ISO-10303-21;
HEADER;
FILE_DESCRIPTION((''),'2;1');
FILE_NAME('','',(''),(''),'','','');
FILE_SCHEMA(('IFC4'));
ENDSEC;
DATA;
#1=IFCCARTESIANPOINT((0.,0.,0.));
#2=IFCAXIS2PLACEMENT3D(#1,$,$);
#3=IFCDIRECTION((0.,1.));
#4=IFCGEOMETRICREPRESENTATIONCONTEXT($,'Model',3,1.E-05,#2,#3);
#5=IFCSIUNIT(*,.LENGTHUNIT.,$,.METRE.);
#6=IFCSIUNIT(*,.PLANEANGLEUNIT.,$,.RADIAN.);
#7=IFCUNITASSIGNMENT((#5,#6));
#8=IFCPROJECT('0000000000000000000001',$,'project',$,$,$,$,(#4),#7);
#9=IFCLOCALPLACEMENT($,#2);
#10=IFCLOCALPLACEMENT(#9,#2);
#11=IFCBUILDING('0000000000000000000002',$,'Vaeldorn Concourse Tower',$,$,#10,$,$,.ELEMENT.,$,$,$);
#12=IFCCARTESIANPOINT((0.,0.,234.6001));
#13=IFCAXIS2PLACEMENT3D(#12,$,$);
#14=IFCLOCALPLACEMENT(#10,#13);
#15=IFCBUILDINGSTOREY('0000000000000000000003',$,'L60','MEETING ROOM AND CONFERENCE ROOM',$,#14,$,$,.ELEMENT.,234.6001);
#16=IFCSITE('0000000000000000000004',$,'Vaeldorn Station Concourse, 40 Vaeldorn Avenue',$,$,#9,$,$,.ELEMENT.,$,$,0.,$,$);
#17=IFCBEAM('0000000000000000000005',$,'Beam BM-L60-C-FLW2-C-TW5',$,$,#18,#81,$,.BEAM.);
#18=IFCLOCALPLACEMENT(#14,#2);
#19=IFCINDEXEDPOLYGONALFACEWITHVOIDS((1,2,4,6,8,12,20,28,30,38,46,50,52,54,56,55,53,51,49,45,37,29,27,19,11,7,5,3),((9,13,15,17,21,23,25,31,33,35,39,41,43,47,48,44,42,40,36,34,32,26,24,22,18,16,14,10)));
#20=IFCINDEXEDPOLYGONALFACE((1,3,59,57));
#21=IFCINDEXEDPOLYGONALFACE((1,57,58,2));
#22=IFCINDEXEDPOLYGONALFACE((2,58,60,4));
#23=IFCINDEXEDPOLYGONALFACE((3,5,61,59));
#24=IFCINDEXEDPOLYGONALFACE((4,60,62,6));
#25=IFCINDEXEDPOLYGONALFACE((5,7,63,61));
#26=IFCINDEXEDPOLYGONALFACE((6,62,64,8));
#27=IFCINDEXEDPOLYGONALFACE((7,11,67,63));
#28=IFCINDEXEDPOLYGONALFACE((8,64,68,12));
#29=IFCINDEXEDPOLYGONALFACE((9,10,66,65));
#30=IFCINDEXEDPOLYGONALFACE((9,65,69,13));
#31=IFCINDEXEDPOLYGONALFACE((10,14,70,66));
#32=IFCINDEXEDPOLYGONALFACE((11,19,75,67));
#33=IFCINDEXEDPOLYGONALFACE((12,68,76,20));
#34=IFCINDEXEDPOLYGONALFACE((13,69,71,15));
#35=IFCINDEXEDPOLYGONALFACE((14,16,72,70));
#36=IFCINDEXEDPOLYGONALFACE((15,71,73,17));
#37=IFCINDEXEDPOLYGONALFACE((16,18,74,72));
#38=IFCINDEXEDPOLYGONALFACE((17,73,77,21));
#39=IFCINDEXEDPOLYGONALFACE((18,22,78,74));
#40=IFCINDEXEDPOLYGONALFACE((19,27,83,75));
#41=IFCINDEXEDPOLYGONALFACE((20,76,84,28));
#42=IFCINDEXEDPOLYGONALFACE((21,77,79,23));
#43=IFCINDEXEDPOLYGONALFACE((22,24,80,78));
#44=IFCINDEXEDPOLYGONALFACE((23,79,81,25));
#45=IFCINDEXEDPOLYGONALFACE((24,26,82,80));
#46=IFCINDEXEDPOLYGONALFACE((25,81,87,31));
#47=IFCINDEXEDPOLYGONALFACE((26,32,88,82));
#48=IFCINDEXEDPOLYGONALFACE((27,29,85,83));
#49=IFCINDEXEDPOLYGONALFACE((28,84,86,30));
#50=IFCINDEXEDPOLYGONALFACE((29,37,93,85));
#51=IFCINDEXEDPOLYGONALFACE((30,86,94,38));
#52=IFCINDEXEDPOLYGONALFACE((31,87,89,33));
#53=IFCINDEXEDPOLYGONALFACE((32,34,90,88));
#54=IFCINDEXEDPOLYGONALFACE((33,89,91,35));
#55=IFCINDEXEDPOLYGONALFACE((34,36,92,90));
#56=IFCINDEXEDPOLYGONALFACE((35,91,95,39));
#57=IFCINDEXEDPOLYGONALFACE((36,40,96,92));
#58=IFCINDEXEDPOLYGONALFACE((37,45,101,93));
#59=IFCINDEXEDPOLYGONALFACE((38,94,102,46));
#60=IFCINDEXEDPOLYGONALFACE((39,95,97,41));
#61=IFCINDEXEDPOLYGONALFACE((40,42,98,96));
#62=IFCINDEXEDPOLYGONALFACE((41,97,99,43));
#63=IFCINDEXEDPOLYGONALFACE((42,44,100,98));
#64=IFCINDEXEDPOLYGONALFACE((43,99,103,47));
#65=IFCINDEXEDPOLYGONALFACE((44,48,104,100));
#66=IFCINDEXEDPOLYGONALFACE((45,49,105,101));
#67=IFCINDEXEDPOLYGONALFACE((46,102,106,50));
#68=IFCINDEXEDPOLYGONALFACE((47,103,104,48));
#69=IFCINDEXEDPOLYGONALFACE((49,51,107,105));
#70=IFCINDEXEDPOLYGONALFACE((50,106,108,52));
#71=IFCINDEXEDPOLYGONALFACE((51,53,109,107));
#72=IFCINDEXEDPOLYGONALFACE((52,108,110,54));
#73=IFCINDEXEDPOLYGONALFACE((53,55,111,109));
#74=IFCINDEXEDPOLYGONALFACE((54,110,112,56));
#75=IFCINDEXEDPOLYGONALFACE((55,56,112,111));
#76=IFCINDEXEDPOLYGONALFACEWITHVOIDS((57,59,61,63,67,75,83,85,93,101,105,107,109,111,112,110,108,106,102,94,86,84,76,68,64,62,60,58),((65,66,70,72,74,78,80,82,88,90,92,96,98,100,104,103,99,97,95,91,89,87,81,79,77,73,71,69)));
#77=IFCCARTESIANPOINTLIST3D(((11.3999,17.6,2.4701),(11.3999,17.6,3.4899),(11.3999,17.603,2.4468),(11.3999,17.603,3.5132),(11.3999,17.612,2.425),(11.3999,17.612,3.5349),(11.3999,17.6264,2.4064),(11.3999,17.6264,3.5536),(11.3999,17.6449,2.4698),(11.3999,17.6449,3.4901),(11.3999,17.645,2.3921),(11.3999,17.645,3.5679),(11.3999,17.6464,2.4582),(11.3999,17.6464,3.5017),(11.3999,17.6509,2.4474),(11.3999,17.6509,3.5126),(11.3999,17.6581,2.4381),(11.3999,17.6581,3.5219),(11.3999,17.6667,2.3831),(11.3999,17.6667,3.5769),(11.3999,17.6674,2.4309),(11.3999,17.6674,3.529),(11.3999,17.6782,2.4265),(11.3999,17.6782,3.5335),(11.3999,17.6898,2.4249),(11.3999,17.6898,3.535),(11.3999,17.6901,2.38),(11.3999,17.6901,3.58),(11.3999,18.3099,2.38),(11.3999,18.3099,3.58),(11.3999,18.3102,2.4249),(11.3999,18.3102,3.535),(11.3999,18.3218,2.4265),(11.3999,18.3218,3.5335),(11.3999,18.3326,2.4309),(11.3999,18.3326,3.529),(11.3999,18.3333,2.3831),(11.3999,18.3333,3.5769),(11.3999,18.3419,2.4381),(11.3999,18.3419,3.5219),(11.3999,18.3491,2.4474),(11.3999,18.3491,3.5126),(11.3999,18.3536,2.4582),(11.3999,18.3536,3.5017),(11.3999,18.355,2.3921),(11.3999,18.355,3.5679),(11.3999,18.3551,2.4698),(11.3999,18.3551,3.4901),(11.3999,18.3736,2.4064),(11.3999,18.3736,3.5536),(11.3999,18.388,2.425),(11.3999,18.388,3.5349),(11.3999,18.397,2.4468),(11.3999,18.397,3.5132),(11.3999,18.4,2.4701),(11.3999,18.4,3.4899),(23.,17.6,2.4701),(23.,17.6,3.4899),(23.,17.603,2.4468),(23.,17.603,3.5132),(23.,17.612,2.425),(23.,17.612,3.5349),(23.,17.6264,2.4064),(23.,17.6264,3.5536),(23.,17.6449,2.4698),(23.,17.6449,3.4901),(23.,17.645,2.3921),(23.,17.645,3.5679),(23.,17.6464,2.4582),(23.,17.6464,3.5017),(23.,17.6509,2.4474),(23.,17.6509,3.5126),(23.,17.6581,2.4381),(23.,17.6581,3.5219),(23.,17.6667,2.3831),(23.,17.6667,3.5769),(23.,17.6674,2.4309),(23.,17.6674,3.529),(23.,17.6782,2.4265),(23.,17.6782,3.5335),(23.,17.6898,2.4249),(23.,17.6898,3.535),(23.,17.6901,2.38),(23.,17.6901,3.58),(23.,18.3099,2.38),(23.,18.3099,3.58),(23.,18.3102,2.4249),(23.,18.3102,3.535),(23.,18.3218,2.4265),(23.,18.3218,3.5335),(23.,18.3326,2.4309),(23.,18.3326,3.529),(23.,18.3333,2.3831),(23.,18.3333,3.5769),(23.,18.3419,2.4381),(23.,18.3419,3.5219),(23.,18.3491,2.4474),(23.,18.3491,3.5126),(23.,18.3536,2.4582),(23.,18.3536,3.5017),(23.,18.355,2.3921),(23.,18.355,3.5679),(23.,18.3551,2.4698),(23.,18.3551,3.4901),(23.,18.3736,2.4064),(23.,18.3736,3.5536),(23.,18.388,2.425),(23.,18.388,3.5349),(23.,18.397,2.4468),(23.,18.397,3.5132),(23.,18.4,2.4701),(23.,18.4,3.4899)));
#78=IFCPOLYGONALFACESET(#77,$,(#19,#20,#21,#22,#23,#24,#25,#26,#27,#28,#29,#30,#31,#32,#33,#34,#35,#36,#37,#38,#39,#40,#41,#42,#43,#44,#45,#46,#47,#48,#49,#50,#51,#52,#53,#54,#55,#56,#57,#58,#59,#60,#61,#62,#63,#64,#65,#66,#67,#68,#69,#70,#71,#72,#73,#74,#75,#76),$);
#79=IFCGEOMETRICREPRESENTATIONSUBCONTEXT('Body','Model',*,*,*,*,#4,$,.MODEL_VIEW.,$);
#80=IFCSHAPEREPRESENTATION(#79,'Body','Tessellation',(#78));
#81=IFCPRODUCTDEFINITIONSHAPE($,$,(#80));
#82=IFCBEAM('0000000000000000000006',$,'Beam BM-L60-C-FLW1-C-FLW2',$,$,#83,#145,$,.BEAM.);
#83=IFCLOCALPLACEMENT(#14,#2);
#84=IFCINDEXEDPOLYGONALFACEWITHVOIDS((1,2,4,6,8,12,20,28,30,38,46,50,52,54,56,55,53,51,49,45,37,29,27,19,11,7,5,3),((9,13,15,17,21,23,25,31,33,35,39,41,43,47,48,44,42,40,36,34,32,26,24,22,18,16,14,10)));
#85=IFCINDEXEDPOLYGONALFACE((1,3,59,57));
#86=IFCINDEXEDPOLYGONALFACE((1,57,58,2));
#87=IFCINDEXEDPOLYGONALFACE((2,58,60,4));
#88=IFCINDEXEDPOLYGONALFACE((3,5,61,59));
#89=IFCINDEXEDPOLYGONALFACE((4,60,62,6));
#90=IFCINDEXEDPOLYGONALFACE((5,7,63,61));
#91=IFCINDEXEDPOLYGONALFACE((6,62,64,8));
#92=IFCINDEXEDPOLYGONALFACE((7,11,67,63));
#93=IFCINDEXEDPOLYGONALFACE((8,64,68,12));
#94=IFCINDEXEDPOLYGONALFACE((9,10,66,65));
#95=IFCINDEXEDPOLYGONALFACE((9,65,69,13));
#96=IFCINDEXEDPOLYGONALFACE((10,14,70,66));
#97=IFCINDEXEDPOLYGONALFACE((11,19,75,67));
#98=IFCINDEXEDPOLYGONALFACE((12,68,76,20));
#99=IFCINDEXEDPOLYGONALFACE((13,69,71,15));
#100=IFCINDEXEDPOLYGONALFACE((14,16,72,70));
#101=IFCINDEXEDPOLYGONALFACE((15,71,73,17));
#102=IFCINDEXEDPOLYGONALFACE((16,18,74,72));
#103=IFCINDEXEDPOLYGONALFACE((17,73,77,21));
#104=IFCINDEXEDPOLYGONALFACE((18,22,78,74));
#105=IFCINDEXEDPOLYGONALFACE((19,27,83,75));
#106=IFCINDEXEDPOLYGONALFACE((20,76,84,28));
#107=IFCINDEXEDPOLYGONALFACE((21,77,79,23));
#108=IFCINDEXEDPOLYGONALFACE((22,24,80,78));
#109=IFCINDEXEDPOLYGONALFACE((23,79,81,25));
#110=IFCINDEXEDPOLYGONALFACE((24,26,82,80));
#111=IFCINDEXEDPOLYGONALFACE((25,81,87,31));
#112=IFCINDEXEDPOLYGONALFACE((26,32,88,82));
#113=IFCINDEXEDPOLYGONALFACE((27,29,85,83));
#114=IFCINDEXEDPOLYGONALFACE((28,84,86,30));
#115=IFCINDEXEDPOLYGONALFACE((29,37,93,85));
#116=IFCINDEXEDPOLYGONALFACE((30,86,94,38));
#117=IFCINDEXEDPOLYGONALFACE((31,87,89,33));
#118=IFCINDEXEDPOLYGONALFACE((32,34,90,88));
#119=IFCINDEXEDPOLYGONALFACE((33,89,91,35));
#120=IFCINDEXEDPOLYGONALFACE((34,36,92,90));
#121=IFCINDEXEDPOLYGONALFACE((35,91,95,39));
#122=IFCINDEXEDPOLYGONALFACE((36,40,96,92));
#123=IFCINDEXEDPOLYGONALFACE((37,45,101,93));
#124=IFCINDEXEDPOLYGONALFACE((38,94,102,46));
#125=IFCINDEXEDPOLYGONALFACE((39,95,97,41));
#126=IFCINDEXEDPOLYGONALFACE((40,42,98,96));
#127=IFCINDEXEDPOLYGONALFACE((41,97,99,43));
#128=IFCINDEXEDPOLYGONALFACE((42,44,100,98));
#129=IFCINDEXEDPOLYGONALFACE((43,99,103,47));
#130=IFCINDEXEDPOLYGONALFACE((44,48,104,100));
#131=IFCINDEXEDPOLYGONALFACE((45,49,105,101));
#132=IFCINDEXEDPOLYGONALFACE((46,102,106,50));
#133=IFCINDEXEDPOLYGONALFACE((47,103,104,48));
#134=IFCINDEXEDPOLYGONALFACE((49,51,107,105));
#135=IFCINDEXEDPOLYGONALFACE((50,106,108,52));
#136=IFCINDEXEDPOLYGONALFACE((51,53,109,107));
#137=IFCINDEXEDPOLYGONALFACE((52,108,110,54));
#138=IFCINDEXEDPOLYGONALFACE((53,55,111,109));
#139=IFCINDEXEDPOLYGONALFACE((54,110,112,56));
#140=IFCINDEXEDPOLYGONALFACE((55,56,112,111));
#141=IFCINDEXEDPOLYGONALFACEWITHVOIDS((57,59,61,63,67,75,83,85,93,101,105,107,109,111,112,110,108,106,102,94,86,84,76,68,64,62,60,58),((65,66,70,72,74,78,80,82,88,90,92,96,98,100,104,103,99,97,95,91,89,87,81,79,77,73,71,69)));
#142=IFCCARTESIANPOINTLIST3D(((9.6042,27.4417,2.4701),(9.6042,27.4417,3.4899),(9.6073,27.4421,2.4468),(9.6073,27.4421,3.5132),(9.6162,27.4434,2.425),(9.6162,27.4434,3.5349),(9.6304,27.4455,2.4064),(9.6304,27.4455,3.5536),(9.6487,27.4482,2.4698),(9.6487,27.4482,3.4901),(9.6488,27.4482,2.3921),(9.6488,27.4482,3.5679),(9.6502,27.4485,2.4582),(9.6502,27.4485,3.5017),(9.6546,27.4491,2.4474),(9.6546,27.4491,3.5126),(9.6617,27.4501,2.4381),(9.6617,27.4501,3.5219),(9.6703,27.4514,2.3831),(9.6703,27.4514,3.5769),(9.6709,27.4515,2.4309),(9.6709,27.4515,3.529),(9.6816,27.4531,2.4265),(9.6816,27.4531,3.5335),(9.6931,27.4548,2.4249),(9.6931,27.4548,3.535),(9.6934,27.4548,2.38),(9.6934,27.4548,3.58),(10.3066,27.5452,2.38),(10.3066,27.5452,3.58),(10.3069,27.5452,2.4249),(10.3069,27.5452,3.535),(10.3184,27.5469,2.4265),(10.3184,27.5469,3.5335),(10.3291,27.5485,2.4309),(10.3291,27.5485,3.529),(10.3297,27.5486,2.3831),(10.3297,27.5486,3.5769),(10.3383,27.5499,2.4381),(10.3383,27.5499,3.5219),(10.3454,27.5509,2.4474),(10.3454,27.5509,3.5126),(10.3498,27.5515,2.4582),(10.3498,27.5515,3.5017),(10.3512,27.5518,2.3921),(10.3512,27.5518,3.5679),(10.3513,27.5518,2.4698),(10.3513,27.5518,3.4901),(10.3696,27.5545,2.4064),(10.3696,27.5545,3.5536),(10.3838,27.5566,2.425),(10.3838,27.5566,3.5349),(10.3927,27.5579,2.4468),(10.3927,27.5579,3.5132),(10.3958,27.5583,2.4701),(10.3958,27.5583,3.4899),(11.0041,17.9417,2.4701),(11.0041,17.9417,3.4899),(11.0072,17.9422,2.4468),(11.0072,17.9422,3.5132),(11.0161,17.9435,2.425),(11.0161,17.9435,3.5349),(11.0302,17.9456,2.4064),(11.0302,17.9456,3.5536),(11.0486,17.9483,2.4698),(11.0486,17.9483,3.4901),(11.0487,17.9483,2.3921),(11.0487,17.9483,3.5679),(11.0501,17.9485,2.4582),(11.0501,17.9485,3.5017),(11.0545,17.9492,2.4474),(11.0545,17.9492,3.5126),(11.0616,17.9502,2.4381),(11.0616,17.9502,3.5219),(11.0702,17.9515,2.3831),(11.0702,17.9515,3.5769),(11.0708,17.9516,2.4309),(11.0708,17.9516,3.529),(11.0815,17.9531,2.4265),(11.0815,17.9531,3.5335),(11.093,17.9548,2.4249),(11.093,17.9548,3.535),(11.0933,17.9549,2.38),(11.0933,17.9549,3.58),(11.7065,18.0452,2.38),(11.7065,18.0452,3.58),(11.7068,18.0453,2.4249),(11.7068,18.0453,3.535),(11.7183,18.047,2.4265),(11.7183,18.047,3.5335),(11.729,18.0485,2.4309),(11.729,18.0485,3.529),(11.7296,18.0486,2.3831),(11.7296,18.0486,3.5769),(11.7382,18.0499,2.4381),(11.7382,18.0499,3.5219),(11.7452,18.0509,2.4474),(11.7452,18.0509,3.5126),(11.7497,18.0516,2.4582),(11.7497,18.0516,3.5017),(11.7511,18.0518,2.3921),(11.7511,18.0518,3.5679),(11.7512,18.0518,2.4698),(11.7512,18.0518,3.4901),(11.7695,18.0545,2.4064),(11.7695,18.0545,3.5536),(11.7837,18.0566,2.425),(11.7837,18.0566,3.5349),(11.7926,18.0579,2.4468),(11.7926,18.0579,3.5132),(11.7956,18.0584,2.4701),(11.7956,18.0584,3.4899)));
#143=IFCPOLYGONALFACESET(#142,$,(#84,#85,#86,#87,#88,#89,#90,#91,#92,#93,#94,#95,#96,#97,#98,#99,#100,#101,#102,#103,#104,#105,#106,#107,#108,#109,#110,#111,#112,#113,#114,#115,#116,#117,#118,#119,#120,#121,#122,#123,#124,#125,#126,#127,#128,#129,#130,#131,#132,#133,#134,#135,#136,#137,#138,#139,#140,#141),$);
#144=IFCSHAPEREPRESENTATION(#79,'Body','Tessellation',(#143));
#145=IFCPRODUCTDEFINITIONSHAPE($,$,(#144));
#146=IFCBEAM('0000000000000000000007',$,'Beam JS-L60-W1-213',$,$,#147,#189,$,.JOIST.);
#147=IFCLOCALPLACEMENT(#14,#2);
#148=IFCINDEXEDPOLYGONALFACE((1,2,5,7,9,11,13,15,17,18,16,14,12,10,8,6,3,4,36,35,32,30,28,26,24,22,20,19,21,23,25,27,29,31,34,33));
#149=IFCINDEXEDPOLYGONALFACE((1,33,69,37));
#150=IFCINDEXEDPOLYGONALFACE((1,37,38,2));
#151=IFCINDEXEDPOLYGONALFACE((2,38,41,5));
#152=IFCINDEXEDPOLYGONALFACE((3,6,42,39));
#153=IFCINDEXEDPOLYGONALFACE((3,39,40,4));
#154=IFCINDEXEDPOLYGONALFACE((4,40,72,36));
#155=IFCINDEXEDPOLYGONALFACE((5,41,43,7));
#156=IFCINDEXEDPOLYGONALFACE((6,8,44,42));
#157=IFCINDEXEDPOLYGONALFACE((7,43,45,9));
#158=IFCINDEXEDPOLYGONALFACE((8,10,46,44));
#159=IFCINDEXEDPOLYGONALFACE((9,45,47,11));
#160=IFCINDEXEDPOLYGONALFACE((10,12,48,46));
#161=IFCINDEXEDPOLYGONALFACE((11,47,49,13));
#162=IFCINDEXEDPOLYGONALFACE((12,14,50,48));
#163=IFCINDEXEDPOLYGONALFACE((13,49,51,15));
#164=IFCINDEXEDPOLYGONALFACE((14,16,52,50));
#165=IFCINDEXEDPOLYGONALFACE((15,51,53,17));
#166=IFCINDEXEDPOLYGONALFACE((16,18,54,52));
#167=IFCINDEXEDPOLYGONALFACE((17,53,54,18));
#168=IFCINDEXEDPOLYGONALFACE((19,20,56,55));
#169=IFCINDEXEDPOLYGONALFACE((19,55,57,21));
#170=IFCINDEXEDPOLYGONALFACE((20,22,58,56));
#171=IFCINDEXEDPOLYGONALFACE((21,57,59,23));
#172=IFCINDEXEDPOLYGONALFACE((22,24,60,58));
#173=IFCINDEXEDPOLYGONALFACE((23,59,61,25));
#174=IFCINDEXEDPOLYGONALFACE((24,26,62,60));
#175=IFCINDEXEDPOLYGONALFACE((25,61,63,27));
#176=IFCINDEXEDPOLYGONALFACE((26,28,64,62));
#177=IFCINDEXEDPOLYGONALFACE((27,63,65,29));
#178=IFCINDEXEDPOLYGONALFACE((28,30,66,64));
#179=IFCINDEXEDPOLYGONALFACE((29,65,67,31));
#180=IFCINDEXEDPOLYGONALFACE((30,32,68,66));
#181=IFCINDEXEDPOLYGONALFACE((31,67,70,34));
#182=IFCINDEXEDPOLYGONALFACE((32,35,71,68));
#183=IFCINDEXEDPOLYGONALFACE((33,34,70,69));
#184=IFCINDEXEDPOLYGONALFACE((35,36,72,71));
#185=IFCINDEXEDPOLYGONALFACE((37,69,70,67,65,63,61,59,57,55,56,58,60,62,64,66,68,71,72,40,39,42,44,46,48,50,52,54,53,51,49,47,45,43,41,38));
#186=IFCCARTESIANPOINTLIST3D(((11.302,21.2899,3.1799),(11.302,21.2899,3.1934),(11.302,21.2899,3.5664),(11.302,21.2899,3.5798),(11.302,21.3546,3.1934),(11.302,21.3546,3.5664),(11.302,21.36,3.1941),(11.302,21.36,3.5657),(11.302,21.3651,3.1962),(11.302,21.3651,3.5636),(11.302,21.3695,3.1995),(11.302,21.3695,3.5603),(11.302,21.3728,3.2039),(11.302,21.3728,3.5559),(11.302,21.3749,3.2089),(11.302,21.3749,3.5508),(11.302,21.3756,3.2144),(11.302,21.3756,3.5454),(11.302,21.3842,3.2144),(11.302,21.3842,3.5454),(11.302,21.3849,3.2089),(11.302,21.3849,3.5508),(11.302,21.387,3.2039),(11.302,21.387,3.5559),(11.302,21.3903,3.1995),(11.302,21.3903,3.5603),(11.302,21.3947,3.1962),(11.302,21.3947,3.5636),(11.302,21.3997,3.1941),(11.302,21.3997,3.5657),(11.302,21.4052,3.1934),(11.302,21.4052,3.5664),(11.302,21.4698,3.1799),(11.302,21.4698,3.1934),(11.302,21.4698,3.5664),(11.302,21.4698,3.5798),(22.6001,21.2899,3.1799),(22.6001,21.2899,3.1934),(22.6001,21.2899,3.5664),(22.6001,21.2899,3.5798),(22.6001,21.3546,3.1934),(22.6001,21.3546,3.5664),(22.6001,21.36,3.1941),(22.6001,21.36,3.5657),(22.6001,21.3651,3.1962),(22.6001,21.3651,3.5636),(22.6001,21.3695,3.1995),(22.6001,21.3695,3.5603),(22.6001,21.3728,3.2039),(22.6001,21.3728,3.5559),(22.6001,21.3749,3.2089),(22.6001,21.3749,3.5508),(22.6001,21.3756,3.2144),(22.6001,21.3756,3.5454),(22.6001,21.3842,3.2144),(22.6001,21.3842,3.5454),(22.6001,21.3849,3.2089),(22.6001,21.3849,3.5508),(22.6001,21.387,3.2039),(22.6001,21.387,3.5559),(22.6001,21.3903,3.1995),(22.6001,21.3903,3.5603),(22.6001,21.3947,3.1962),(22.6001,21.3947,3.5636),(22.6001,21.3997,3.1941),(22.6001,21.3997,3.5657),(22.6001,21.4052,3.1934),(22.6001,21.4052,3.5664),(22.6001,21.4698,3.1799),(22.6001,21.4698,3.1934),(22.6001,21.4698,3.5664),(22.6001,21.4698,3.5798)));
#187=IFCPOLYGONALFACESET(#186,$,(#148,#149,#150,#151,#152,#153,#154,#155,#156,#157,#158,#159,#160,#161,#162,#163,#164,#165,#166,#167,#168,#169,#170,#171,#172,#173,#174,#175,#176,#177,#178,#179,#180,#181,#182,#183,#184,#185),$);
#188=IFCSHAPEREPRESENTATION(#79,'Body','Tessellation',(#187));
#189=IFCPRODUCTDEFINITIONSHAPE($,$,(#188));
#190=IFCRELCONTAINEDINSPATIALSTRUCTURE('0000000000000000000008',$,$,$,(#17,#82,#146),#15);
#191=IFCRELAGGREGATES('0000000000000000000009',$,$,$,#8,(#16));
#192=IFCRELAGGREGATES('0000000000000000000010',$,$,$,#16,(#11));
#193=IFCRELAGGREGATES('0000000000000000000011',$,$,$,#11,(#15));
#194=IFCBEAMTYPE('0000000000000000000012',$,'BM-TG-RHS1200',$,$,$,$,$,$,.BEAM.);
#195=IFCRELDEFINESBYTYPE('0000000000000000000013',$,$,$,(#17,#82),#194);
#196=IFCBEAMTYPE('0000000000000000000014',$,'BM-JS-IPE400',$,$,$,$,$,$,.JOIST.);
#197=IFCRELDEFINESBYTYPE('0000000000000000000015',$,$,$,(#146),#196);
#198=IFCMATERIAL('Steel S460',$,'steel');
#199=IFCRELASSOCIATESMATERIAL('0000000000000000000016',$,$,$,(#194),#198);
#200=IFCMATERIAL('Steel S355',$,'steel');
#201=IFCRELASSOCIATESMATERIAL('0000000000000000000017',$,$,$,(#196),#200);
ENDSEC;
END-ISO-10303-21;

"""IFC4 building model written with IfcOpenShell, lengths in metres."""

from ifc_helpers import new_model, si_unit, direction, frame, origin, origin_2d, place, context, subcontext, project, spatial, hollow_rectangle, i_section, extrude, source, transform, mapped, material, material_profile, profile_set, type_object, element, save


model = new_model("IFC4")

# Units and contexts
model_context = context("Model", 3, precision=1e-05, world=origin(), true_north=direction((0.0, 1.0)))
body_context = subcontext(model_context, "Body", "Model", "MODEL_VIEW")
ifc_project = project(units=[si_unit("LENGTHUNIT", "METRE"), si_unit("PLANEANGLEUNIT", "RADIAN")], contexts=[model_context])

# Site, building, storey
site_placement = place(None, origin())
site = spatial("IfcSite", under=ifc_project, at=site_placement, Name="Vaeldorn Station Concourse, 40 Vaeldorn Avenue", CompositionType="ELEMENT", RefElevation=0.0)
building_placement = place(site_placement, origin())
building = spatial("IfcBuilding", under=site, at=building_placement, Name="Vaeldorn Concourse Tower", CompositionType="ELEMENT")
storey_placement = place(building_placement, frame((0.0, 0.0, 234.6001)))
storey = spatial("IfcBuildingStorey", under=building, at=storey_placement, Name="L60", Description="MEETING ROOM AND CONFERENCE ROOM", CompositionType="ELEMENT", Elevation=234.6001)

# Shared definitions
ifc_material_1 = material(Name="Steel S355", Category="steel")

# Beams
ifc_material_2 = material(Name="Steel S460", Category="steel")
ifc_material_profile_1 = material_profile(ifc_material_2, hollow_rectangle(XDim=0.8, YDim=1.2, WallThickness=0.0449, InnerFilletRadius=0.0449, OuterFilletRadius=0.0901, at=origin_2d()), Name="RHS 1200x800x45")
ifc_profile_set_1 = profile_set([ifc_material_profile_1], Name="Steel S460")
beam_type_1 = type_object("IfcBeamType", Name="BM-TG-RHS1200", PredefinedType="BEAM", material=ifc_profile_set_1)
shared_shape_1 = source(origin(), body_context, "Body", "SweptSolid", [
    extrude(hollow_rectangle(XDim=0.8, YDim=1.2, WallThickness=0.0449, InnerFilletRadius=0.0449, OuterFilletRadius=0.0901, at=origin_2d()), origin(), (0.0, 0.0, 1.0), 11.6001),
])
beam_1_placement = place(storey_placement, frame((11.3999, 18.0, 2.98), z_axis=(1.0, 0.0, 0.0), x_axis=(0.0, 1.0, 0.0)))
element("IfcBeam", 1, at=beam_1_placement, inside=storey, type_object=beam_type_1, Name="Beam BM-L60-C-FLW2-C-TW5", PredefinedType="BEAM", context=body_context, shape_type="MappedRepresentation", body=[
    mapped(shared_shape_1, transform((0.0, 0.0, 0.0), scale=1.0)),
])
shared_shape_2 = source(origin(), body_context, "Body", "SweptSolid", [
    extrude(hollow_rectangle(XDim=0.8, YDim=1.2, WallThickness=0.0449, InnerFilletRadius=0.0449, OuterFilletRadius=0.0901, at=origin_2d()), origin(), (0.0, 0.0, 1.0), 9.6025),
])
beam_2_placement = place(storey_placement, frame((10.0, 27.5, 2.98), z_axis=(0.145784, -0.989316, 0.0), x_axis=(0.989316, 0.145784, 0.0)))
element("IfcBeam", 2, at=beam_2_placement, inside=storey, type_object=beam_type_1, Name="Beam BM-L60-C-FLW1-C-FLW2", PredefinedType="BEAM", context=body_context, shape_type="MappedRepresentation", body=[
    mapped(shared_shape_2, transform((0.0, 0.0, 0.0), scale=1.0)),
])
ifc_material_profile_2 = material_profile(ifc_material_1, i_section(OverallWidth=0.1799, OverallDepth=0.3999, WebThickness=0.0085, FlangeThickness=0.0134, FilletRadius=0.021, at=origin_2d()), Name="IPE 400")
ifc_profile_set_2 = profile_set([ifc_material_profile_2], Name="Steel S355")
beam_type_2 = type_object("IfcBeamType", Name="BM-JS-IPE400", PredefinedType="JOIST", material=ifc_profile_set_2)
shared_shape_3 = source(origin(), body_context, "Body", "SweptSolid", [
    extrude(i_section(OverallWidth=0.1799, OverallDepth=0.3999, WebThickness=0.0085, FlangeThickness=0.0134, FilletRadius=0.021, at=origin_2d()), origin(), (0.0, 0.0, 1.0), 11.2981),
])
beam_3_placement = place(storey_placement, frame((11.302, 21.3799, 3.3799), z_axis=(1.0, 0.0, 0.0), x_axis=(0.0, 1.0, 0.0)))
element("IfcBeam", 3, at=beam_3_placement, inside=storey, type_object=beam_type_2, Name="Beam JS-L60-W1-213", PredefinedType="JOIST", context=body_context, shape_type="MappedRepresentation", body=[
    mapped(shared_shape_3, transform((0.0, 0.0, 0.0), scale=1.0)),
])

save(model, "model.ifc")
